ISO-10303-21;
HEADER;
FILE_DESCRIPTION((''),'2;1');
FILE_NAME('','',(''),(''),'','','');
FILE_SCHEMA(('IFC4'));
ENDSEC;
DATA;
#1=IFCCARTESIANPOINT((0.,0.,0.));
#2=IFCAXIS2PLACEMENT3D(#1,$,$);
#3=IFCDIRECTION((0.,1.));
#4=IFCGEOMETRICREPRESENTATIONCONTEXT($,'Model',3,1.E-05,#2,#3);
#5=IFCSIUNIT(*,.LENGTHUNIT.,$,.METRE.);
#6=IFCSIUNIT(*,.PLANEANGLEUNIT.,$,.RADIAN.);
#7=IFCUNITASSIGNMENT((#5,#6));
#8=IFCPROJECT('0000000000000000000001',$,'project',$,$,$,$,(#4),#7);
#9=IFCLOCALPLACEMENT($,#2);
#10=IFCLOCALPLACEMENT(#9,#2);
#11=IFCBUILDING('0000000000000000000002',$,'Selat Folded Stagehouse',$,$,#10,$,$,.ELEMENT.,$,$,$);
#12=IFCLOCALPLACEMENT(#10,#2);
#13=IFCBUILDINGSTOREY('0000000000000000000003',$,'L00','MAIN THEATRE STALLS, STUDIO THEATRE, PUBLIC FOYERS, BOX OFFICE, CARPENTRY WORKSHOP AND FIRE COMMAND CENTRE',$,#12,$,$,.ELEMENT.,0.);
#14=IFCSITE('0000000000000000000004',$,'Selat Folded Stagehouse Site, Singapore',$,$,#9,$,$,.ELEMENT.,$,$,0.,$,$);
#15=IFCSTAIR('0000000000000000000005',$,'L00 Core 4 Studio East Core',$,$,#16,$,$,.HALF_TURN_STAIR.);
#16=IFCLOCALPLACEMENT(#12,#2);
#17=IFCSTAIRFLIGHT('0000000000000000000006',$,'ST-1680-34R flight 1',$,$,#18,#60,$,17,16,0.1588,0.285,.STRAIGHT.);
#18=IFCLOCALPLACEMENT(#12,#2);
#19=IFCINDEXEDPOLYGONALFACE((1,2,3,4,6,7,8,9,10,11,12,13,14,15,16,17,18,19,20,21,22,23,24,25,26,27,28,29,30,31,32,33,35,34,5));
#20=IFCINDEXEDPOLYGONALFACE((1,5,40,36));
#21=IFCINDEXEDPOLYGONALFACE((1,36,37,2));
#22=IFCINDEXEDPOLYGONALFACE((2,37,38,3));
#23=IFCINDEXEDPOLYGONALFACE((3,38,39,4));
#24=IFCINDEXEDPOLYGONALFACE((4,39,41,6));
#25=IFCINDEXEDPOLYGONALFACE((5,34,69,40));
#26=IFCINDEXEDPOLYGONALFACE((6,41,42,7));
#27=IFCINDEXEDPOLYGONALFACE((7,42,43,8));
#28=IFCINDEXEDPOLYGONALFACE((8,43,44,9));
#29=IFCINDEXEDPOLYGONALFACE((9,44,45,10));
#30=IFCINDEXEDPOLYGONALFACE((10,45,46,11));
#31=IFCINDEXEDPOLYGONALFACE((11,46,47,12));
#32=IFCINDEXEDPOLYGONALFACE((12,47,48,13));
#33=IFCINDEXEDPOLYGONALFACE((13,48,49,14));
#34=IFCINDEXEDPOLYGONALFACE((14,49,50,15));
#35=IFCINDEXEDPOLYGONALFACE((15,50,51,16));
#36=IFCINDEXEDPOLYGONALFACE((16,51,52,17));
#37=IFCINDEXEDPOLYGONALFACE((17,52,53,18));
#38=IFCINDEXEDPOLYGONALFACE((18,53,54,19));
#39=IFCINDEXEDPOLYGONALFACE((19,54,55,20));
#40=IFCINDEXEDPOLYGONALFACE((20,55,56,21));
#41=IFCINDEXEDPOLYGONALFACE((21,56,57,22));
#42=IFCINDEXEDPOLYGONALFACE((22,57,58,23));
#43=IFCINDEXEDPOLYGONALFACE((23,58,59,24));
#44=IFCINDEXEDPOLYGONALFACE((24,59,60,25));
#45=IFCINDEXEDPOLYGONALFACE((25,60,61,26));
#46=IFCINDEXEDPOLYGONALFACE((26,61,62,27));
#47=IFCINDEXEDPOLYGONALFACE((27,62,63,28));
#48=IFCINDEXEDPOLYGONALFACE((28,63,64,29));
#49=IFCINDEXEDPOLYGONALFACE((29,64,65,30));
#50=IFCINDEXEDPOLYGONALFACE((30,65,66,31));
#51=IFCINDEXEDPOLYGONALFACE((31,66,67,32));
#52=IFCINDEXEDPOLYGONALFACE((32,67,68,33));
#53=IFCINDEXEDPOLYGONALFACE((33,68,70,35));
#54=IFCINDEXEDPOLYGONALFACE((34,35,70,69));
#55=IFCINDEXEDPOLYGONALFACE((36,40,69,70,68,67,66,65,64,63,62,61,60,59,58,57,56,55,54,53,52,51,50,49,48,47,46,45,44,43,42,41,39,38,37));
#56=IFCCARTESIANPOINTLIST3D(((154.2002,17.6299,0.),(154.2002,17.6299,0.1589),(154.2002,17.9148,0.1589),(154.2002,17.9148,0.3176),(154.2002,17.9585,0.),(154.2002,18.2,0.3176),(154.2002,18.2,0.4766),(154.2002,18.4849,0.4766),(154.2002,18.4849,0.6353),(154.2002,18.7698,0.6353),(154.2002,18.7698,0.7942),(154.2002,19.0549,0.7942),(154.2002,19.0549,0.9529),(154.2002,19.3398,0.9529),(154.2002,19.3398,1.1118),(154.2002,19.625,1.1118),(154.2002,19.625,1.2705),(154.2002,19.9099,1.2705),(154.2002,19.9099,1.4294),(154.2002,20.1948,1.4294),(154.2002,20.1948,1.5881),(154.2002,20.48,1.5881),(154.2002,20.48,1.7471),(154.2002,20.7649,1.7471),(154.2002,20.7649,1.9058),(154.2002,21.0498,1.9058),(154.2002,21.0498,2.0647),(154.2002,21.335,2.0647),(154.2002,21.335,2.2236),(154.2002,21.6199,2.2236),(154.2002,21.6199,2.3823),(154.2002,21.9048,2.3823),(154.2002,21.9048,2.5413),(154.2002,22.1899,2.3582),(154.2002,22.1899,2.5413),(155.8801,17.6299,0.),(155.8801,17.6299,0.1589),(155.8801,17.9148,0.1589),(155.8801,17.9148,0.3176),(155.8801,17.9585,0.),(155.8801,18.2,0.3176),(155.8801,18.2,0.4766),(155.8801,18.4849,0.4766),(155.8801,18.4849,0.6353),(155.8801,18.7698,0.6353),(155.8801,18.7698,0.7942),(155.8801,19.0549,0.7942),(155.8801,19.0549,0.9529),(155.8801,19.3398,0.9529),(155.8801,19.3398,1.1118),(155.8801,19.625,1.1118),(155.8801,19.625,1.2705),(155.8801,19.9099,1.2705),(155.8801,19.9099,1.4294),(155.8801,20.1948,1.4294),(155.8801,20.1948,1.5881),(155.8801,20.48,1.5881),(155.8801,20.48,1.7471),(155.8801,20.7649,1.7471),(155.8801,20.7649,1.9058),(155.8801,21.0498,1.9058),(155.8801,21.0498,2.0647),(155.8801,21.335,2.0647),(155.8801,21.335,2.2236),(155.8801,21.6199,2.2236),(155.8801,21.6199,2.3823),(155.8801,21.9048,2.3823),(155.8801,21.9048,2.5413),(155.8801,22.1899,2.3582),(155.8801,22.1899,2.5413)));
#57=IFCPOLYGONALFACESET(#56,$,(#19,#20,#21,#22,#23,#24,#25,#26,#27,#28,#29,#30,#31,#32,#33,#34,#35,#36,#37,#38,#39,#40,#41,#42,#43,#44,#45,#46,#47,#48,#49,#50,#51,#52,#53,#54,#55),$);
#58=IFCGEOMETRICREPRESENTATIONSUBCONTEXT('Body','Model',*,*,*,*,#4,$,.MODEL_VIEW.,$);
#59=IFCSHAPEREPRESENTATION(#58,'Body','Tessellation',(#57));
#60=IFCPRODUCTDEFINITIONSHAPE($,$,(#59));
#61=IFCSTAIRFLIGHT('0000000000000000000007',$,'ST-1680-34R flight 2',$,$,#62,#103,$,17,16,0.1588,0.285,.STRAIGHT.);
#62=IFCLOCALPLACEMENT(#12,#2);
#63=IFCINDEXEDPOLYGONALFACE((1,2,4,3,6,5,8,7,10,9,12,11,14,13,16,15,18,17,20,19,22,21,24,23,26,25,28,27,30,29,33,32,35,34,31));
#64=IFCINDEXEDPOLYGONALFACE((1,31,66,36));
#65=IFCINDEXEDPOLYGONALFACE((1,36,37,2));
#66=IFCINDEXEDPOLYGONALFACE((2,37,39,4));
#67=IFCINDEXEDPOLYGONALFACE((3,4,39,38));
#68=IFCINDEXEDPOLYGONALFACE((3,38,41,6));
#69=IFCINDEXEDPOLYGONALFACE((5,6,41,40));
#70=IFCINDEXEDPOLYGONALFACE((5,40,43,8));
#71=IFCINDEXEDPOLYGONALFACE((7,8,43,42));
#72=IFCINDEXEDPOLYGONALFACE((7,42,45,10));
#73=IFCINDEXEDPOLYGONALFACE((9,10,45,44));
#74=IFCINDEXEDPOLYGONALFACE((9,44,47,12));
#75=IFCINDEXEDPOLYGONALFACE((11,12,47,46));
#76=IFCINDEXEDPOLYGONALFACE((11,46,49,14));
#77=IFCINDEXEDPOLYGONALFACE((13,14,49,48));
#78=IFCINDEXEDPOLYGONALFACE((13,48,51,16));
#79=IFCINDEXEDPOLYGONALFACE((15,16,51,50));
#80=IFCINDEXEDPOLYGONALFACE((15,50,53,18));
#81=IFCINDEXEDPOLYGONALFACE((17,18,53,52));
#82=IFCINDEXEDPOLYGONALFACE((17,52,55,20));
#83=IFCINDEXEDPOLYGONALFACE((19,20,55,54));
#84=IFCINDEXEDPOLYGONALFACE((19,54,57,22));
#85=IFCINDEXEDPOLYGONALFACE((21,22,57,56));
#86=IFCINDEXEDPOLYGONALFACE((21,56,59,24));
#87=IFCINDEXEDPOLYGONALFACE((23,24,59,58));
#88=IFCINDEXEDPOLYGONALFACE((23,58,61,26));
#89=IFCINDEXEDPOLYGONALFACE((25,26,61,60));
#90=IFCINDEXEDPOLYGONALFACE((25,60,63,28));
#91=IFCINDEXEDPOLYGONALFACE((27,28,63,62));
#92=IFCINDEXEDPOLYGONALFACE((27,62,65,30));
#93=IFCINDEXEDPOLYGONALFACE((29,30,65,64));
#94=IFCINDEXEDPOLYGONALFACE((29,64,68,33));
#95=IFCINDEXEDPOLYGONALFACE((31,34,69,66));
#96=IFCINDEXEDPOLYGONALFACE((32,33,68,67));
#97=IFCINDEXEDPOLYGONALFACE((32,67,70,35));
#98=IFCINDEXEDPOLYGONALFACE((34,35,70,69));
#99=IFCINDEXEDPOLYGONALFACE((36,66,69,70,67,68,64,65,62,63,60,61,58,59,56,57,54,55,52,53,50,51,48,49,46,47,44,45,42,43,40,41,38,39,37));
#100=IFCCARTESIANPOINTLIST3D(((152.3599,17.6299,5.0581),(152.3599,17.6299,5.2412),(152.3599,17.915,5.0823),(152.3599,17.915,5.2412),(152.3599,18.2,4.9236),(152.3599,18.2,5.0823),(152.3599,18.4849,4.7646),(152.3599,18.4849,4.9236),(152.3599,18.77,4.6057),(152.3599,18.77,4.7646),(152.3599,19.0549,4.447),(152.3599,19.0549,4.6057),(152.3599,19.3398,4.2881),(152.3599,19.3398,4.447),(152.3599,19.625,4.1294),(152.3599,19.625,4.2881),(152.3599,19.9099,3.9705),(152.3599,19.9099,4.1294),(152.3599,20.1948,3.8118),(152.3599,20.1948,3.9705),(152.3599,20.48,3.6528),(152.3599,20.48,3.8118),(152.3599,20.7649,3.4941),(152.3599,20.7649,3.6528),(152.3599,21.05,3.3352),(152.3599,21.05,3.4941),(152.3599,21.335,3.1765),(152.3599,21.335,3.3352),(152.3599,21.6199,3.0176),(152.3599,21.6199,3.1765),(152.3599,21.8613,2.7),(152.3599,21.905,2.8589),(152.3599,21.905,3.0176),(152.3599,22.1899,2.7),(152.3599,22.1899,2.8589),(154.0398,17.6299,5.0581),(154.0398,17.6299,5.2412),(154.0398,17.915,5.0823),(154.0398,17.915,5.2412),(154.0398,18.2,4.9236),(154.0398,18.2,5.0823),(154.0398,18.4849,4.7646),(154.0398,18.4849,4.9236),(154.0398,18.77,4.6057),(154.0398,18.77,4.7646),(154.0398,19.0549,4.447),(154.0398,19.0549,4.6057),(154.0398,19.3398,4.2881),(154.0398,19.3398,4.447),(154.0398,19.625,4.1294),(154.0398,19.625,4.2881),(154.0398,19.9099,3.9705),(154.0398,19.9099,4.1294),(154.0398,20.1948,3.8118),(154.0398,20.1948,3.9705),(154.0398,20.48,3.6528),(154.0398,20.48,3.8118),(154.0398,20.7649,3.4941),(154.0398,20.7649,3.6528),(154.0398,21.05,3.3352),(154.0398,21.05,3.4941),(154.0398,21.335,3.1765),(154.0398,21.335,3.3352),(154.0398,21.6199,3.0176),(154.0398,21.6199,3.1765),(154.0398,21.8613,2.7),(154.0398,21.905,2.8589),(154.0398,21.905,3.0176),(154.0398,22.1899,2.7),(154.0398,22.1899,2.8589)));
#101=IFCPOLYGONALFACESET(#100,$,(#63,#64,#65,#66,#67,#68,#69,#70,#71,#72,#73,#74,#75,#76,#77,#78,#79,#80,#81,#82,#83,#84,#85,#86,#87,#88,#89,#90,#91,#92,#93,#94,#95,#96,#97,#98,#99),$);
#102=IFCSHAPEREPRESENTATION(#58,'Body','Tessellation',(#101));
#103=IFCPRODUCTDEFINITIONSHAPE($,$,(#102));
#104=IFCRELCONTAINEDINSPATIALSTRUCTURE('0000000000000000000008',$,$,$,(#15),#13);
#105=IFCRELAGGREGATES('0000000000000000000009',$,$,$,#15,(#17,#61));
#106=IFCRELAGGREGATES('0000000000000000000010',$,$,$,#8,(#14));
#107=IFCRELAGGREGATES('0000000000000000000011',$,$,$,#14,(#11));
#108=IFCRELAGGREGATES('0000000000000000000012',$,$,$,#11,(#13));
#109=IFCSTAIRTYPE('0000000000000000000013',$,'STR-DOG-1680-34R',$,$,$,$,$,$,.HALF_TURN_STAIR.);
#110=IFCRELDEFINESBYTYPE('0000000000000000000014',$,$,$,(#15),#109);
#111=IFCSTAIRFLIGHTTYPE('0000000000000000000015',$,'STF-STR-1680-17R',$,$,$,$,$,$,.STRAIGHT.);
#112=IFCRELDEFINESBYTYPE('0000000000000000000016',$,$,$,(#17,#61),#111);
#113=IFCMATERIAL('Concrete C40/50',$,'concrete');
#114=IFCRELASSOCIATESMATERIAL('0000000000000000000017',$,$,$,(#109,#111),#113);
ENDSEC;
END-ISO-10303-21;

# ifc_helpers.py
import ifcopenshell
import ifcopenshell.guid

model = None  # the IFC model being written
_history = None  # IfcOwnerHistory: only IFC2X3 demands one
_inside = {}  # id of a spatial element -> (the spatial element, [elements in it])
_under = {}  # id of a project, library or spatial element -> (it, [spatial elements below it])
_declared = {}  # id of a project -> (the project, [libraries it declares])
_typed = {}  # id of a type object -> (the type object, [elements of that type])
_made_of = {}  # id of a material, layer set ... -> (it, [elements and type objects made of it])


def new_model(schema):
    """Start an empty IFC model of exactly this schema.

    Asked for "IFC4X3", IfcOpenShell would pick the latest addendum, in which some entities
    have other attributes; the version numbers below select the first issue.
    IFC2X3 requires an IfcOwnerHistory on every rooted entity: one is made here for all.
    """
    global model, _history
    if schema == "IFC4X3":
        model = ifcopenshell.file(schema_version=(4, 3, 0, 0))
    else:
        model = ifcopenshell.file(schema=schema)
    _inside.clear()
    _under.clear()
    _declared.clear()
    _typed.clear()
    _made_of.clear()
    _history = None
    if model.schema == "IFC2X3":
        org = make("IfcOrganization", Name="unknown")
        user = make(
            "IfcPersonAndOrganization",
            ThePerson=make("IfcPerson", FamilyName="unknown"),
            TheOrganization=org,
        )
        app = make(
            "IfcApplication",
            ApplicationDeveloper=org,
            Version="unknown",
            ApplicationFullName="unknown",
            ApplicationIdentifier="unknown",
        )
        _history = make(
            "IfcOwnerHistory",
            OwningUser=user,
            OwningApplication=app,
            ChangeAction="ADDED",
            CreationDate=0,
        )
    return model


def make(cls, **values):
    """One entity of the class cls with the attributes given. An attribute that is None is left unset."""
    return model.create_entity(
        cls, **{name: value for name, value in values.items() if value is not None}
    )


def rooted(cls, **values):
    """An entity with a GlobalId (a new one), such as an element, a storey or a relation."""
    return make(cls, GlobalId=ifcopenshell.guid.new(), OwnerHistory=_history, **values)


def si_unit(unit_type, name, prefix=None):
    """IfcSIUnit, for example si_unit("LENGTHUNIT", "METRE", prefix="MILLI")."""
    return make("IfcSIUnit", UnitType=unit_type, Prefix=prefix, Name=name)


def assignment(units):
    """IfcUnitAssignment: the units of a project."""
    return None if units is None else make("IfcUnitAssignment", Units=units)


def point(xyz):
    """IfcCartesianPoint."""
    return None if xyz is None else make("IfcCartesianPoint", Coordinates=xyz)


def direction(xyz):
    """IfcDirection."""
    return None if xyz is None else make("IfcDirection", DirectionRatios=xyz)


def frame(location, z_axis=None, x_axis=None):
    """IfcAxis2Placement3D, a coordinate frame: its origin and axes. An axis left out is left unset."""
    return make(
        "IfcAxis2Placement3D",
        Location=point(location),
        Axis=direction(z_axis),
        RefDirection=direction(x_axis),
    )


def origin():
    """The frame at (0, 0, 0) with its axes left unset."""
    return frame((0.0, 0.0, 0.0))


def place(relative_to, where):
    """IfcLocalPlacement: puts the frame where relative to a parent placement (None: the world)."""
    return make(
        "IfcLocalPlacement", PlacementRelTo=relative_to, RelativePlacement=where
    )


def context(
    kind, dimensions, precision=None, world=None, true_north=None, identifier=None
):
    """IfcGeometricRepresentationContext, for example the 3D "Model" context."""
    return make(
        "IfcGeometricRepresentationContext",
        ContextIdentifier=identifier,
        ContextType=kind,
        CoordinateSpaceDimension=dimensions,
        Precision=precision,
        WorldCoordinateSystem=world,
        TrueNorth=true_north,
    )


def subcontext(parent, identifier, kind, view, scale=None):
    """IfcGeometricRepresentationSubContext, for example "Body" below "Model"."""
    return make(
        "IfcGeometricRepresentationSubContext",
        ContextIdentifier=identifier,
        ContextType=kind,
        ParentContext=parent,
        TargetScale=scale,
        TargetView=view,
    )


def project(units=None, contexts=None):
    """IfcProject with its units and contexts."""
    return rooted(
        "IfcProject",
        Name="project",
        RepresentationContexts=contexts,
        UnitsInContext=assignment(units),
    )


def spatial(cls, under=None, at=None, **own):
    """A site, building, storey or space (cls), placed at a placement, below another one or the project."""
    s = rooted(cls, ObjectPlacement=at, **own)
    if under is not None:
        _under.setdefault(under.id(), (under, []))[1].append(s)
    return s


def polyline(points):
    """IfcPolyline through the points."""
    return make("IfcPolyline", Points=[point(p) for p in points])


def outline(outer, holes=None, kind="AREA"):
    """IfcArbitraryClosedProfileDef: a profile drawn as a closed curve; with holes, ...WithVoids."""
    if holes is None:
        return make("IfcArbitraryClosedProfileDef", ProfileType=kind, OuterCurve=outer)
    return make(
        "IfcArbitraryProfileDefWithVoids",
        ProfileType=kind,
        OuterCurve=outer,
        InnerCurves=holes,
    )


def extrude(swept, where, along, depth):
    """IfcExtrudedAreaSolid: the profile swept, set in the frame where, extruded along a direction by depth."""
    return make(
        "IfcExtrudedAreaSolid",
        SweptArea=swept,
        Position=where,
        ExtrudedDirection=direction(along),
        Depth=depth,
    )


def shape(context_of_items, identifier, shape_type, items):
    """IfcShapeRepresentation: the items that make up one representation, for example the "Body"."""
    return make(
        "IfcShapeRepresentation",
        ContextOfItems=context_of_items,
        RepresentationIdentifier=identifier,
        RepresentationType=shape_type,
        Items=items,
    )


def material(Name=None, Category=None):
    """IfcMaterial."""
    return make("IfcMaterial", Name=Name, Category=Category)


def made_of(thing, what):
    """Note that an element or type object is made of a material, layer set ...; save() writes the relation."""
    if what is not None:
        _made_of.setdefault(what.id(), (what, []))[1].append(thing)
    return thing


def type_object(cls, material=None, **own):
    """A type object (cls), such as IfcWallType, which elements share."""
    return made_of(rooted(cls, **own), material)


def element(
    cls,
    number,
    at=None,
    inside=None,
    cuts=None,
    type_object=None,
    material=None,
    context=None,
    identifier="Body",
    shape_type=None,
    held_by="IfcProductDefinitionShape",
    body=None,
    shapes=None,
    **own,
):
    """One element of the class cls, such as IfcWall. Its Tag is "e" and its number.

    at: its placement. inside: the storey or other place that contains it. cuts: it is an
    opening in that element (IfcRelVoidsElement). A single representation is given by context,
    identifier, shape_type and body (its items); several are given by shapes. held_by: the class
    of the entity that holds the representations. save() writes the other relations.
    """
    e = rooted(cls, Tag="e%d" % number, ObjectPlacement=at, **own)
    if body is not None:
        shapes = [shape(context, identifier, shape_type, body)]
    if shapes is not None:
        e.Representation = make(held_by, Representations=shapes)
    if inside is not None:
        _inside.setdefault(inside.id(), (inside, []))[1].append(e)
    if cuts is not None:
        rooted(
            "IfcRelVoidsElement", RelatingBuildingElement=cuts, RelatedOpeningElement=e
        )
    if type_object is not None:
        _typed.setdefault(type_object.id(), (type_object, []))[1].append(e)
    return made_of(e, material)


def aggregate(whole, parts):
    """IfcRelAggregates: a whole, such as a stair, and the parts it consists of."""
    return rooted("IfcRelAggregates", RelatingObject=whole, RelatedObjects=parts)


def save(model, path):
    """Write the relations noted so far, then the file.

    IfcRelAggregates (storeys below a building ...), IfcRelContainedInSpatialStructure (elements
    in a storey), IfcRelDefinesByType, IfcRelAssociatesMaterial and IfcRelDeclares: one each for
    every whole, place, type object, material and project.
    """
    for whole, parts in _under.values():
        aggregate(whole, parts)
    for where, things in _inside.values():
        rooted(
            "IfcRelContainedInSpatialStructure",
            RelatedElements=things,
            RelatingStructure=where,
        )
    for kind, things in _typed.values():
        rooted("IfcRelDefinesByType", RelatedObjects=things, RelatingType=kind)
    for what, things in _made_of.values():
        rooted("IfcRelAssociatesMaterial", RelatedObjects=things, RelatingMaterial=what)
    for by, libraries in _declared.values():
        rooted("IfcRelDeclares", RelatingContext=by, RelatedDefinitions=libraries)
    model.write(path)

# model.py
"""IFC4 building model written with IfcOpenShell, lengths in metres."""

from ifc_helpers import new_model, si_unit, direction, frame, origin, place, context, subcontext, project, spatial, polyline, outline, extrude, material, type_object, element, aggregate, save


model = new_model("IFC4")

# Units and contexts
model_context = context("Model", 3, precision=1e-05, world=origin(), true_north=direction((0.0, 1.0)))
body_context = subcontext(model_context, "Body", "Model", "MODEL_VIEW")
ifc_project = project(units=[si_unit("LENGTHUNIT", "METRE"), si_unit("PLANEANGLEUNIT", "RADIAN")], contexts=[model_context])

# Site, building, storey
site_placement = place(None, origin())
site = spatial("IfcSite", under=ifc_project, at=site_placement, Name="Selat Folded Stagehouse Site, Singapore", CompositionType="ELEMENT", RefElevation=0.0)
building_placement = place(site_placement, origin())
building = spatial("IfcBuilding", under=site, at=building_placement, Name="Selat Folded Stagehouse", CompositionType="ELEMENT")
storey_placement = place(building_placement, origin())
storey = spatial("IfcBuildingStorey", under=building, at=storey_placement, Name="L00", Description="MAIN THEATRE STALLS, STUDIO THEATRE, PUBLIC FOYERS, BOX OFFICE, CARPENTRY WORKSHOP AND FIRE COMMAND CENTRE", CompositionType="ELEMENT", Elevation=0.0)

# Shared definitions
ifc_material_1 = material(Name="Concrete C40/50", Category="concrete")

# Stair, stair flights
stair_type = type_object("IfcStairType", Name="STR-DOG-1680-34R", PredefinedType="HALF_TURN_STAIR", material=ifc_material_1)
stair_placement = place(storey_placement, origin())
stair = element("IfcStair", 1, at=stair_placement, inside=storey, type_object=stair_type, Name="L00 Core 4 Studio East Core", PredefinedType="HALF_TURN_STAIR")
stair_flight_type = type_object("IfcStairFlightType", Name="STF-STR-1680-17R", PredefinedType="STRAIGHT", material=ifc_material_1)
stair_flight_1_placement = place(storey_placement, frame((155.04, 17.6299, 0.0), z_axis=(0.0, 0.0, 1.0), x_axis=(0.0, 1.0, 0.0)))
stair_flight_1 = element("IfcStairFlight", 2, at=stair_flight_1_placement, type_object=stair_flight_type, Name="ST-1680-34R flight 1", NumberOfRisers=17, NumberOfTreads=16, PredefinedType="STRAIGHT", RiserHeight=0.1588, TreadLength=0.285, context=body_context, shape_type="SweptSolid", body=[
    extrude(outline(polyline([(0.0, 0.0), (0.0, 0.1589), (0.2849, 0.1589), (0.2849, 0.3176), (0.5701, 0.3176), (0.5701, 0.4766), (0.855, 0.4766), (0.855, 0.6353), (1.1399, 0.6353), (1.1399, 0.7942), (1.425, 0.7942), (1.425, 0.9529), (1.71, 0.9529), (1.71, 1.1118), (1.9951, 1.1118), (1.9951, 1.2705), (2.28, 1.2705), (2.28, 1.4294), (2.5649, 1.4294), (2.5649, 1.5881), (2.8501, 1.5881), (2.8501, 1.7471), (3.135, 1.7471), (3.135, 1.9058), (3.4199, 1.9058), (3.4199, 2.0647), (3.7051, 2.0647), (3.7051, 2.2236), (3.99, 2.2236), (3.99, 2.3823), (4.2749, 2.3823), (4.2749, 2.5413), (4.5601, 2.5413), (4.5601, 2.7), (4.5601, 2.3582), (0.3286, 0.0), (0.0, 0.0)])), frame((0.0, 0.8398, 0.0), z_axis=(0.0, -1.0, 0.0), x_axis=(1.0, 0.0, 0.0)), (0.0, 0.0, 1.0), 1.6799),
])
stair_flight_2_placement = place(storey_placement, frame((153.2, 22.1899, 2.7), z_axis=(0.0, 0.0, 1.0), x_axis=(0.0, -1.0, 0.0)))
stair_flight_2 = element("IfcStairFlight", 3, at=stair_flight_2_placement, type_object=stair_flight_type, Name="ST-1680-34R flight 2", NumberOfRisers=17, NumberOfTreads=16, PredefinedType="STRAIGHT", RiserHeight=0.1588, TreadLength=0.285, context=body_context, shape_type="SweptSolid", body=[
    extrude(outline(polyline([(0.0, 0.0), (0.0, 0.1589), (0.2849, 0.1589), (0.2849, 0.3176), (0.5701, 0.3176), (0.5701, 0.4766), (0.855, 0.4766), (0.855, 0.6353), (1.1399, 0.6353), (1.1399, 0.7942), (1.425, 0.7942), (1.425, 0.9529), (1.71, 0.9529), (1.71, 1.1118), (1.9951, 1.1118), (1.9951, 1.2705), (2.28, 1.2705), (2.28, 1.4294), (2.5649, 1.4294), (2.5649, 1.5881), (2.8501, 1.5881), (2.8501, 1.7471), (3.135, 1.7471), (3.135, 1.9058), (3.4199, 1.9058), (3.4199, 2.0647), (3.7051, 2.0647), (3.7051, 2.2236), (3.99, 2.2236), (3.99, 2.3823), (4.2749, 2.3823), (4.2749, 2.5413), (4.5601, 2.5413), (4.5601, 2.7), (4.5601, 2.3582), (0.3286, 0.0), (0.0, 0.0)])), frame((0.0, 0.8398, 0.0), z_axis=(0.0, -1.0, 0.0), x_axis=(1.0, 0.0, 0.0)), (0.0, 0.0, 1.0), 1.6799),
])
aggregate(stair, [stair_flight_1, stair_flight_2])

save(model, "model.ifc")
